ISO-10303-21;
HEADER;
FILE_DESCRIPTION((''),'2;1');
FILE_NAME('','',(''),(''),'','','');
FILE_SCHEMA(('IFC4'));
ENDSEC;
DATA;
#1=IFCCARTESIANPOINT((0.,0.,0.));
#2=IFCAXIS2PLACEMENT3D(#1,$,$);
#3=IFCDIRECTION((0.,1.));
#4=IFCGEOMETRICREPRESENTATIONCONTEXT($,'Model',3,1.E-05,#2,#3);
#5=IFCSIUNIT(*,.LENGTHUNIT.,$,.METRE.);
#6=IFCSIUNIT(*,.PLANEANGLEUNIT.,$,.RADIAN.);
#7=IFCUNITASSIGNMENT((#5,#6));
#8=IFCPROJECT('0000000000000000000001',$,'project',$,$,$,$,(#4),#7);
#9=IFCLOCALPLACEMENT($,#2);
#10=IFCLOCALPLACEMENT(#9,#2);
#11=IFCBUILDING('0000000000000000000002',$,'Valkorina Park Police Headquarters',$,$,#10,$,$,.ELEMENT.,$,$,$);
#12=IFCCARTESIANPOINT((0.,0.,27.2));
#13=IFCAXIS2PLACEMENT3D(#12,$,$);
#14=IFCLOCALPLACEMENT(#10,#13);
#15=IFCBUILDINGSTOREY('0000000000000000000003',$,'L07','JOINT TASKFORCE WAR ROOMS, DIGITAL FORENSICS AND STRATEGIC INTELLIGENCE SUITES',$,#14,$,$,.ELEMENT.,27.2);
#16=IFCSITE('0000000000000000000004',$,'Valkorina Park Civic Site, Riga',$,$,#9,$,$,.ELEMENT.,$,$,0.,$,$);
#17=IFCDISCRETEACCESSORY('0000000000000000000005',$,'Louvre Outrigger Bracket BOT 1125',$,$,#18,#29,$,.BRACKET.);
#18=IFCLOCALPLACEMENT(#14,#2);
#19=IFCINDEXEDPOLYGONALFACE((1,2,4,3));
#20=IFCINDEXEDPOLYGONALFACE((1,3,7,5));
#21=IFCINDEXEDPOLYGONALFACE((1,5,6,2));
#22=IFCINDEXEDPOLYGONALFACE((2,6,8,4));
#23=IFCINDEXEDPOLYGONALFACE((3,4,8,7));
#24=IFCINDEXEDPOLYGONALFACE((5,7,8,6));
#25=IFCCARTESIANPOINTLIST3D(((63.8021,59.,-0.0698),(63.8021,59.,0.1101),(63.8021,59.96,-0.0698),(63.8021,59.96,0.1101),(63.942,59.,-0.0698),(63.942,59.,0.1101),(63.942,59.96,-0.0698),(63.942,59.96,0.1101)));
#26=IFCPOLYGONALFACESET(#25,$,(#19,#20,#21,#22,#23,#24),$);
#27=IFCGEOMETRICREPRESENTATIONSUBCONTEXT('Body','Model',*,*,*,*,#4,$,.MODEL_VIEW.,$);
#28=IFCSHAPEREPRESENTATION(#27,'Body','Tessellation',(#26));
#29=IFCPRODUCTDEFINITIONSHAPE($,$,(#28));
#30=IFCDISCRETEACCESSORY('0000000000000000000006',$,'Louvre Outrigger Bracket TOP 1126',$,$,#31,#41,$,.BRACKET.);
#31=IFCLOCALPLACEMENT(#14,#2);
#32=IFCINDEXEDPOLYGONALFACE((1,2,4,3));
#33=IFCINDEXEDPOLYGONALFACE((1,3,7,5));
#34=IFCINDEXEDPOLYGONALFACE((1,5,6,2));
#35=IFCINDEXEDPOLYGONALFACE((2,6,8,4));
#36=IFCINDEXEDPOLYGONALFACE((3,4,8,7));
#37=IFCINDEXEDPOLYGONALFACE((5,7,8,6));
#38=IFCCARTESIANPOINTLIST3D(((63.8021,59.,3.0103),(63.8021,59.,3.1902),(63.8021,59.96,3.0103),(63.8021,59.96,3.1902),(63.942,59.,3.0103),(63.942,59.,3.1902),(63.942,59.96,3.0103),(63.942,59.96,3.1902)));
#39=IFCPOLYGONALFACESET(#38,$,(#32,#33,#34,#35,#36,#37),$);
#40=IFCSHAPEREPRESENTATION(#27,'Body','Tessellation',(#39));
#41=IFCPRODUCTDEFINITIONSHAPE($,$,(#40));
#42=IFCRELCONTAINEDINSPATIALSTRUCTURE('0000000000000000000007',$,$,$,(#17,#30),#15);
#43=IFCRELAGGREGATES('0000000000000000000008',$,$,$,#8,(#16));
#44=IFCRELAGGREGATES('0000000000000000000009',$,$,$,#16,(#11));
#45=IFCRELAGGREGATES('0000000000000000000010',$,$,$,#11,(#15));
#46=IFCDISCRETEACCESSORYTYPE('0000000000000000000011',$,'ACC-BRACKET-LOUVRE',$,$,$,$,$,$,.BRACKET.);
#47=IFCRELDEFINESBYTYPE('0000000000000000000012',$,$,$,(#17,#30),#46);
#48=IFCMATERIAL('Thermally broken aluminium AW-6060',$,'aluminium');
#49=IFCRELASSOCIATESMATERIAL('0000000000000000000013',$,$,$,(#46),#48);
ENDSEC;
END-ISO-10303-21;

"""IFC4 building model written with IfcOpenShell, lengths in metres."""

from ifc_helpers import new_model, si_unit, direction, frame, origin, origin_2d, place, context, subcontext, project, spatial, rectangle, extrude, material, type_object, element, save


model = new_model("IFC4")

# Units and contexts
model_context = context("Model", 3, precision=1e-05, world=origin(), true_north=direction((0.0, 1.0)))
body_context = subcontext(model_context, "Body", "Model", "MODEL_VIEW")
ifc_project = project(units=[si_unit("LENGTHUNIT", "METRE"), si_unit("PLANEANGLEUNIT", "RADIAN")], contexts=[model_context])

# Site, building, storey
site_placement = place(None, origin())
site = spatial("IfcSite", under=ifc_project, at=site_placement, Name="Valkorina Park Civic Site, Riga", CompositionType="ELEMENT", RefElevation=0.0)
building_placement = place(site_placement, origin())
building = spatial("IfcBuilding", under=site, at=building_placement, Name="Valkorina Park Police Headquarters", CompositionType="ELEMENT")
storey_placement = place(building_placement, frame((0.0, 0.0, 27.2)))
storey = spatial("IfcBuildingStorey", under=building, at=storey_placement, Name="L07", Description="JOINT TASKFORCE WAR ROOMS, DIGITAL FORENSICS AND STRATEGIC INTELLIGENCE SUITES", CompositionType="ELEMENT", Elevation=27.2)

# Shared definitions
ifc_material_1 = material(Name="Thermally broken aluminium AW-6060", Category="aluminium")

# Discrete accessories
discrete_accessory_type = type_object("IfcDiscreteAccessoryType", Name="ACC-BRACKET-LOUVRE", PredefinedType="BRACKET", material=ifc_material_1)
for number, where, z_axis, x_axis, name in (
    (1, (63.8721, 59.48, -0.0698), (0.0, 0.0, 1.0), (0.0, 1.0, 0.0), "Louvre Outrigger Bracket BOT 1125"),
    (2, (63.8721, 59.48, 3.0103), (0.0, 0.0, 1.0), (0.0, 1.0, 0.0), "Louvre Outrigger Bracket TOP 1126"),
):
    element("IfcDiscreteAccessory", number, at=place(storey_placement, frame(where, z_axis=z_axis, x_axis=x_axis)), inside=storey, type_object=discrete_accessory_type, Name=name, PredefinedType="BRACKET", context=body_context, shape_type="SweptSolid", body=[
        extrude(rectangle(XDim=0.96, YDim=0.1399, at=origin_2d()), origin(), (0.0, 0.0, 1.0), 0.1799),
    ])

save(model, "model.ifc")
